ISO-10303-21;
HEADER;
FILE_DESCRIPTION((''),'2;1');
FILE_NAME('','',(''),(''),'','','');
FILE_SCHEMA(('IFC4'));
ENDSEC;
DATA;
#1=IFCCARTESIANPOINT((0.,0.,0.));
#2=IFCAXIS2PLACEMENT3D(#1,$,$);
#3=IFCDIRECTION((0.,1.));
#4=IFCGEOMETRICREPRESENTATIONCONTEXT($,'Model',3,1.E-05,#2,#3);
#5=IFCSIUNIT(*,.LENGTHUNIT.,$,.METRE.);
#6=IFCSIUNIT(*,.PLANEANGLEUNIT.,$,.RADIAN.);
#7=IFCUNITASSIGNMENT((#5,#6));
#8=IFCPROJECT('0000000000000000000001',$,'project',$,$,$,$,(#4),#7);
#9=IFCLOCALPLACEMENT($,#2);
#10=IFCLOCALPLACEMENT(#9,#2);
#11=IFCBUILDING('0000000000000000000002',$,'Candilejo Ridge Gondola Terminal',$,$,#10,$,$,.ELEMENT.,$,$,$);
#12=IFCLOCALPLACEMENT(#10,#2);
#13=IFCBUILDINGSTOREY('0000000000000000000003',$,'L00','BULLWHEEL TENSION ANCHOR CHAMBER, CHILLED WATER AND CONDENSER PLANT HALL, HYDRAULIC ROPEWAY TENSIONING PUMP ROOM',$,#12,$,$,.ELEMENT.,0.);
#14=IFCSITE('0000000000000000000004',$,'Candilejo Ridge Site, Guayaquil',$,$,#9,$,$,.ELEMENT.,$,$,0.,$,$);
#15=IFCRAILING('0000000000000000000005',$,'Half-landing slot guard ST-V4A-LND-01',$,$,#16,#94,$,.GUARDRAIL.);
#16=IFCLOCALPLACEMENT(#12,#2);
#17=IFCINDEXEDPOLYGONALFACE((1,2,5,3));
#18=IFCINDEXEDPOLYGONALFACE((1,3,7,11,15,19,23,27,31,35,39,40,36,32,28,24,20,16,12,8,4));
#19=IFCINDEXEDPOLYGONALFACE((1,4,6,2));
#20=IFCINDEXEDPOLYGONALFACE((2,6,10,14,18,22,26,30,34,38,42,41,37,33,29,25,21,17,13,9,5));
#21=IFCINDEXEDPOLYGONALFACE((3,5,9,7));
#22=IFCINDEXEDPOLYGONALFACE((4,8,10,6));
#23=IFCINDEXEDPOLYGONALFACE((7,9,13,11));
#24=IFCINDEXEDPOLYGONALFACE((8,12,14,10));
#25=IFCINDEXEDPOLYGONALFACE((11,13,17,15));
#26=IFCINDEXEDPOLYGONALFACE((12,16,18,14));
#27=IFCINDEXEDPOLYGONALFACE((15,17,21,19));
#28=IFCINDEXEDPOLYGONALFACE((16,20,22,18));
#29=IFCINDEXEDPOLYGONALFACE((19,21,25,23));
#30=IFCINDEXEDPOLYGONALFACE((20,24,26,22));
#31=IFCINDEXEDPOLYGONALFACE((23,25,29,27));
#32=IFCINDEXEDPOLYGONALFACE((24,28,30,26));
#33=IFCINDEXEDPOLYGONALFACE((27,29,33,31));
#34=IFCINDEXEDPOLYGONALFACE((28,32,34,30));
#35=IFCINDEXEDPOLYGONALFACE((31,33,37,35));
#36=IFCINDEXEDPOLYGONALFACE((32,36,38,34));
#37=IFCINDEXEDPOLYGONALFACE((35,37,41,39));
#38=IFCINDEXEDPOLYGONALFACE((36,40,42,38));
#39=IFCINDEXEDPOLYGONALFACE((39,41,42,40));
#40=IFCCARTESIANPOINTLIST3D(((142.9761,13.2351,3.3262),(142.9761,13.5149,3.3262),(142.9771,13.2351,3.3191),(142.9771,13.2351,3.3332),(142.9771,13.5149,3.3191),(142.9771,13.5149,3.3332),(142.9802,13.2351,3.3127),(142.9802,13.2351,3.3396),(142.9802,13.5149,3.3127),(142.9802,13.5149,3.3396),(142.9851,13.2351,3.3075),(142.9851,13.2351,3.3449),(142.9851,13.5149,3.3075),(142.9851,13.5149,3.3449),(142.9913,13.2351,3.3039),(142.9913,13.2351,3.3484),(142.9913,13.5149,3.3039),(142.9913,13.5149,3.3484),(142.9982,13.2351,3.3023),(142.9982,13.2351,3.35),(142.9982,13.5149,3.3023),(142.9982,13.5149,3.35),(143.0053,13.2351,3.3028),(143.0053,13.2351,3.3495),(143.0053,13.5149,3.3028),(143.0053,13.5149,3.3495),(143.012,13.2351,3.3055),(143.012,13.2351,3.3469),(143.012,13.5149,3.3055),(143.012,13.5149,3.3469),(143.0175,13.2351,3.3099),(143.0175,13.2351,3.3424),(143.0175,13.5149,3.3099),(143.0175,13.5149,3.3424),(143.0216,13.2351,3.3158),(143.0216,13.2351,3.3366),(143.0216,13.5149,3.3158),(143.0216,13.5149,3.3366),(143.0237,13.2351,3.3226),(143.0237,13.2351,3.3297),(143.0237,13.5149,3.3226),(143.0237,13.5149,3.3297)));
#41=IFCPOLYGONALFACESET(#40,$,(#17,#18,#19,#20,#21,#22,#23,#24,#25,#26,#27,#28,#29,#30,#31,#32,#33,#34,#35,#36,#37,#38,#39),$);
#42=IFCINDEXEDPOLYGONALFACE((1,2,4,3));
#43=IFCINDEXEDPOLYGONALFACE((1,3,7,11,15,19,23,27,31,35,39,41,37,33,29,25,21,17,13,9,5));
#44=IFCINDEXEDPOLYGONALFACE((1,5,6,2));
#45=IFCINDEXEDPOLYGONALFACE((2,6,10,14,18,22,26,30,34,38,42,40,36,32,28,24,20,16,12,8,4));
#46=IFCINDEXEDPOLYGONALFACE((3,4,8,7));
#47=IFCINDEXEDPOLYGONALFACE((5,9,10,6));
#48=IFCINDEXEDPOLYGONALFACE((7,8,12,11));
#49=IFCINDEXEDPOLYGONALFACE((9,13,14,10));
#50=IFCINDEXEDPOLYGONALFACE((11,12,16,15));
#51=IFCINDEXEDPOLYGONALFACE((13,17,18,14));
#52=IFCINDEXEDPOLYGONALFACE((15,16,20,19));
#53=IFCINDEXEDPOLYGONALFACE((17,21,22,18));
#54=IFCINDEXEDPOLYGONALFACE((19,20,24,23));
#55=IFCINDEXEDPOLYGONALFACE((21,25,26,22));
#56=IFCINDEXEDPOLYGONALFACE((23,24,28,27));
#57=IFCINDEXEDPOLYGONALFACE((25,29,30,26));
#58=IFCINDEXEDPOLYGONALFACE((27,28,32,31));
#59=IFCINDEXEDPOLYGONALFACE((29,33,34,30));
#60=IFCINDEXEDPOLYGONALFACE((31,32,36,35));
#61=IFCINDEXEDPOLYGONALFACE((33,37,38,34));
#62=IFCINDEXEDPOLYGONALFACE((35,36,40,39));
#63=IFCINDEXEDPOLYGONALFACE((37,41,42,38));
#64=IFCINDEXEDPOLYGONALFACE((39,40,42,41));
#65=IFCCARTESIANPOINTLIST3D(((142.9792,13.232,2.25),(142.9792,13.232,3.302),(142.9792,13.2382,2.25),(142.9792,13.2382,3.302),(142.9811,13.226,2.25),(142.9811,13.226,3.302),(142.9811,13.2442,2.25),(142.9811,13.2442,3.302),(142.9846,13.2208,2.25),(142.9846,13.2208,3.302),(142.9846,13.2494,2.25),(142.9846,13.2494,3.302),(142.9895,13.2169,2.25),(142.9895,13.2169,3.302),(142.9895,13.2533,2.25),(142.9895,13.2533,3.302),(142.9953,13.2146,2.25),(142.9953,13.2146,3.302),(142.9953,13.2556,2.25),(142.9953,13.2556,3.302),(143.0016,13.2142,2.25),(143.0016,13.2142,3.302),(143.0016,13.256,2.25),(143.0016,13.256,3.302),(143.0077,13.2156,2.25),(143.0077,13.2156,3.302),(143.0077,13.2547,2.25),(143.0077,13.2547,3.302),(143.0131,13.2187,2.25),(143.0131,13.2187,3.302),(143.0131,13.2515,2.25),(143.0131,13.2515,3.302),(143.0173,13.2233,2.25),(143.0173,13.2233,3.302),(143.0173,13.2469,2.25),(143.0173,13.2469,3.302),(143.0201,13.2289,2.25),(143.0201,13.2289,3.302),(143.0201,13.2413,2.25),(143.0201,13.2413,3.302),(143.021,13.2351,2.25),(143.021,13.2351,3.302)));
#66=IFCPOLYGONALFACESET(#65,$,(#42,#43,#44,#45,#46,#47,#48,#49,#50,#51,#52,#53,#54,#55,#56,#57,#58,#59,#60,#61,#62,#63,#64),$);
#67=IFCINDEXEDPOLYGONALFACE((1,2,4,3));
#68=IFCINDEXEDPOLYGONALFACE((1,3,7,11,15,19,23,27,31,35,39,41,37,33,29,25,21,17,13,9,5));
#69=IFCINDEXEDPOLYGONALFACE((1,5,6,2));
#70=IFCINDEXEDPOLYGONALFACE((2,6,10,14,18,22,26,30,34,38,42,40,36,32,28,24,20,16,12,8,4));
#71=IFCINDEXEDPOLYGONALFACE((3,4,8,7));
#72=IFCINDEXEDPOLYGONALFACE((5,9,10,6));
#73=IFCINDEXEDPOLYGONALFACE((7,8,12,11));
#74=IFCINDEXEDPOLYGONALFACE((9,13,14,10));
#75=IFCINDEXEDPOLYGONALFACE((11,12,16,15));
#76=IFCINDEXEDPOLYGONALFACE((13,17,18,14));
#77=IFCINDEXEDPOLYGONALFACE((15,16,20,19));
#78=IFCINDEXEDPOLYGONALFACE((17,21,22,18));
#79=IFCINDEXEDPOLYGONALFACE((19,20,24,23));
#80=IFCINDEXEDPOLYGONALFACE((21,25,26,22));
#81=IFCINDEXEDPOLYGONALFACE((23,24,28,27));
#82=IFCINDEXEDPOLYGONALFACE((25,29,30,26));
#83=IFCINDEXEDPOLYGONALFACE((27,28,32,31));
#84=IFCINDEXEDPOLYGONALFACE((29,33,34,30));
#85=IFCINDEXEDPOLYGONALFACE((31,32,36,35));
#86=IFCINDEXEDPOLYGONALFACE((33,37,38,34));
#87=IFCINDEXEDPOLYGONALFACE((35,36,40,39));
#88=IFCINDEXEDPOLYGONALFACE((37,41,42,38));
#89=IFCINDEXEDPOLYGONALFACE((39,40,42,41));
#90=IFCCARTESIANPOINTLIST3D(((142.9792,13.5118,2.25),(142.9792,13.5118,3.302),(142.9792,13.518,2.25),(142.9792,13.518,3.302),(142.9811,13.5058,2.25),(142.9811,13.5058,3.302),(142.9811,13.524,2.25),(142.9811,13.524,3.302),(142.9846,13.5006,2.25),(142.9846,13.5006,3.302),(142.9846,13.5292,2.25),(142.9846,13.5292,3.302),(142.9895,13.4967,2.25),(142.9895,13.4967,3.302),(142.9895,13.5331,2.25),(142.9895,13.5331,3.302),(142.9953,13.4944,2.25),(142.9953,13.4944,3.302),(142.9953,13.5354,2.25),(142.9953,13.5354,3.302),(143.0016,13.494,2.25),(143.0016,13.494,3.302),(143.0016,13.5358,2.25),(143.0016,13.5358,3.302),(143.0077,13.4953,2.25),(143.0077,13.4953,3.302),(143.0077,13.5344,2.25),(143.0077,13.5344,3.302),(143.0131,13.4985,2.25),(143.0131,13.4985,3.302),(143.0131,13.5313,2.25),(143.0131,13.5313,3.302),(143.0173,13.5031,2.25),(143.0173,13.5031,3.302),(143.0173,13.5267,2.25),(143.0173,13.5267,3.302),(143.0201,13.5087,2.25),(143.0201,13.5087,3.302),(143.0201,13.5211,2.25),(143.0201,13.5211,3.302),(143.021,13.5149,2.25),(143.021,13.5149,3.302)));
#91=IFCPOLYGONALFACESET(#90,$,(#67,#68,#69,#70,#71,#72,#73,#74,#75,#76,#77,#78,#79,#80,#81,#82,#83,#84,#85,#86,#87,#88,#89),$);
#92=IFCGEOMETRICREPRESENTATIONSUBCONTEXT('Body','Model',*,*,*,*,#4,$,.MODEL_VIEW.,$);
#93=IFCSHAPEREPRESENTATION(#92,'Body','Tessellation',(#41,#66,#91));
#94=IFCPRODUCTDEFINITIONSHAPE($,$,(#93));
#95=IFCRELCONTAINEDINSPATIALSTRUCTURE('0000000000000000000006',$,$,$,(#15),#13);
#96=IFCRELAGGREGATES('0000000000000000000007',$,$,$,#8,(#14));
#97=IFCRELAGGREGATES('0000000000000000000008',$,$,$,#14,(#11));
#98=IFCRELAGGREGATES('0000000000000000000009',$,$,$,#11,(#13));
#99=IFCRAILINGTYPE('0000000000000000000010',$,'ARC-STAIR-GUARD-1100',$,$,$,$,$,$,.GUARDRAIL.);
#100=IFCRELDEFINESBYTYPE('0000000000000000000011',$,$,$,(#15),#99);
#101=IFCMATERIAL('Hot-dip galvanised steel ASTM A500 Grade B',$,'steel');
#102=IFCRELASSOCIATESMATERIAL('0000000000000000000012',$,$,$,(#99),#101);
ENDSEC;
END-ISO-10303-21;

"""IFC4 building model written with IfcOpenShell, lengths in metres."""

from ifc_helpers import new_model, si_unit, direction, frame, origin, origin_2d, place, context, subcontext, project, spatial, circle, extrude, material, type_object, element, save


model = new_model("IFC4")

# Units and contexts
model_context = context("Model", 3, precision=1e-05, world=origin(), true_north=direction((0.0, 1.0)))
body_context = subcontext(model_context, "Body", "Model", "MODEL_VIEW")
ifc_project = project(units=[si_unit("LENGTHUNIT", "METRE"), si_unit("PLANEANGLEUNIT", "RADIAN")], contexts=[model_context])

# Site, building, storey
site_placement = place(None, origin())
site = spatial("IfcSite", under=ifc_project, at=site_placement, Name="Candilejo Ridge Site, Guayaquil", CompositionType="ELEMENT", RefElevation=0.0)
building_placement = place(site_placement, origin())
building = spatial("IfcBuilding", under=site, at=building_placement, Name="Candilejo Ridge Gondola Terminal", CompositionType="ELEMENT")
storey_placement = place(building_placement, origin())
storey = spatial("IfcBuildingStorey", under=building, at=storey_placement, Name="L00", Description="BULLWHEEL TENSION ANCHOR CHAMBER, CHILLED WATER AND CONDENSER PLANT HALL, HYDRAULIC ROPEWAY TENSIONING PUMP ROOM", CompositionType="ELEMENT", Elevation=0.0)

# Railing
ifc_material_1 = material(Name="Hot-dip galvanised steel ASTM A500 Grade B", Category="steel")
railing_type_1 = type_object("IfcRailingType", Name="ARC-STAIR-GUARD-1100", PredefinedType="GUARDRAIL", material=ifc_material_1)
railing_1_placement = place(storey_placement, frame((143.0, 13.2351, 2.25)))
element("IfcRailing", 1, at=railing_1_placement, inside=storey, type_object=railing_type_1, Name="Half-landing slot guard ST-V4A-LND-01", PredefinedType="GUARDRAIL", context=body_context, shape_type="SweptSolid", body=[
    extrude(circle(Radius=0.0239, at=origin_2d()), frame((0.0, 0.0, 1.0762), z_axis=(0.0, 1.0, 0.0), x_axis=(-1.0, 0.0, 0.0)), (0.0, 0.0, 1.0), 0.2798),
    extrude(circle(Radius=0.021, at=origin_2d()), origin(), (0.0, 0.0, 1.0), 1.052),
    extrude(circle(Radius=0.021, at=origin_2d()), frame((0.0, 0.2798, 0.0)), (0.0, 0.0, 1.0), 1.052),
])

save(model, "model.ifc")
